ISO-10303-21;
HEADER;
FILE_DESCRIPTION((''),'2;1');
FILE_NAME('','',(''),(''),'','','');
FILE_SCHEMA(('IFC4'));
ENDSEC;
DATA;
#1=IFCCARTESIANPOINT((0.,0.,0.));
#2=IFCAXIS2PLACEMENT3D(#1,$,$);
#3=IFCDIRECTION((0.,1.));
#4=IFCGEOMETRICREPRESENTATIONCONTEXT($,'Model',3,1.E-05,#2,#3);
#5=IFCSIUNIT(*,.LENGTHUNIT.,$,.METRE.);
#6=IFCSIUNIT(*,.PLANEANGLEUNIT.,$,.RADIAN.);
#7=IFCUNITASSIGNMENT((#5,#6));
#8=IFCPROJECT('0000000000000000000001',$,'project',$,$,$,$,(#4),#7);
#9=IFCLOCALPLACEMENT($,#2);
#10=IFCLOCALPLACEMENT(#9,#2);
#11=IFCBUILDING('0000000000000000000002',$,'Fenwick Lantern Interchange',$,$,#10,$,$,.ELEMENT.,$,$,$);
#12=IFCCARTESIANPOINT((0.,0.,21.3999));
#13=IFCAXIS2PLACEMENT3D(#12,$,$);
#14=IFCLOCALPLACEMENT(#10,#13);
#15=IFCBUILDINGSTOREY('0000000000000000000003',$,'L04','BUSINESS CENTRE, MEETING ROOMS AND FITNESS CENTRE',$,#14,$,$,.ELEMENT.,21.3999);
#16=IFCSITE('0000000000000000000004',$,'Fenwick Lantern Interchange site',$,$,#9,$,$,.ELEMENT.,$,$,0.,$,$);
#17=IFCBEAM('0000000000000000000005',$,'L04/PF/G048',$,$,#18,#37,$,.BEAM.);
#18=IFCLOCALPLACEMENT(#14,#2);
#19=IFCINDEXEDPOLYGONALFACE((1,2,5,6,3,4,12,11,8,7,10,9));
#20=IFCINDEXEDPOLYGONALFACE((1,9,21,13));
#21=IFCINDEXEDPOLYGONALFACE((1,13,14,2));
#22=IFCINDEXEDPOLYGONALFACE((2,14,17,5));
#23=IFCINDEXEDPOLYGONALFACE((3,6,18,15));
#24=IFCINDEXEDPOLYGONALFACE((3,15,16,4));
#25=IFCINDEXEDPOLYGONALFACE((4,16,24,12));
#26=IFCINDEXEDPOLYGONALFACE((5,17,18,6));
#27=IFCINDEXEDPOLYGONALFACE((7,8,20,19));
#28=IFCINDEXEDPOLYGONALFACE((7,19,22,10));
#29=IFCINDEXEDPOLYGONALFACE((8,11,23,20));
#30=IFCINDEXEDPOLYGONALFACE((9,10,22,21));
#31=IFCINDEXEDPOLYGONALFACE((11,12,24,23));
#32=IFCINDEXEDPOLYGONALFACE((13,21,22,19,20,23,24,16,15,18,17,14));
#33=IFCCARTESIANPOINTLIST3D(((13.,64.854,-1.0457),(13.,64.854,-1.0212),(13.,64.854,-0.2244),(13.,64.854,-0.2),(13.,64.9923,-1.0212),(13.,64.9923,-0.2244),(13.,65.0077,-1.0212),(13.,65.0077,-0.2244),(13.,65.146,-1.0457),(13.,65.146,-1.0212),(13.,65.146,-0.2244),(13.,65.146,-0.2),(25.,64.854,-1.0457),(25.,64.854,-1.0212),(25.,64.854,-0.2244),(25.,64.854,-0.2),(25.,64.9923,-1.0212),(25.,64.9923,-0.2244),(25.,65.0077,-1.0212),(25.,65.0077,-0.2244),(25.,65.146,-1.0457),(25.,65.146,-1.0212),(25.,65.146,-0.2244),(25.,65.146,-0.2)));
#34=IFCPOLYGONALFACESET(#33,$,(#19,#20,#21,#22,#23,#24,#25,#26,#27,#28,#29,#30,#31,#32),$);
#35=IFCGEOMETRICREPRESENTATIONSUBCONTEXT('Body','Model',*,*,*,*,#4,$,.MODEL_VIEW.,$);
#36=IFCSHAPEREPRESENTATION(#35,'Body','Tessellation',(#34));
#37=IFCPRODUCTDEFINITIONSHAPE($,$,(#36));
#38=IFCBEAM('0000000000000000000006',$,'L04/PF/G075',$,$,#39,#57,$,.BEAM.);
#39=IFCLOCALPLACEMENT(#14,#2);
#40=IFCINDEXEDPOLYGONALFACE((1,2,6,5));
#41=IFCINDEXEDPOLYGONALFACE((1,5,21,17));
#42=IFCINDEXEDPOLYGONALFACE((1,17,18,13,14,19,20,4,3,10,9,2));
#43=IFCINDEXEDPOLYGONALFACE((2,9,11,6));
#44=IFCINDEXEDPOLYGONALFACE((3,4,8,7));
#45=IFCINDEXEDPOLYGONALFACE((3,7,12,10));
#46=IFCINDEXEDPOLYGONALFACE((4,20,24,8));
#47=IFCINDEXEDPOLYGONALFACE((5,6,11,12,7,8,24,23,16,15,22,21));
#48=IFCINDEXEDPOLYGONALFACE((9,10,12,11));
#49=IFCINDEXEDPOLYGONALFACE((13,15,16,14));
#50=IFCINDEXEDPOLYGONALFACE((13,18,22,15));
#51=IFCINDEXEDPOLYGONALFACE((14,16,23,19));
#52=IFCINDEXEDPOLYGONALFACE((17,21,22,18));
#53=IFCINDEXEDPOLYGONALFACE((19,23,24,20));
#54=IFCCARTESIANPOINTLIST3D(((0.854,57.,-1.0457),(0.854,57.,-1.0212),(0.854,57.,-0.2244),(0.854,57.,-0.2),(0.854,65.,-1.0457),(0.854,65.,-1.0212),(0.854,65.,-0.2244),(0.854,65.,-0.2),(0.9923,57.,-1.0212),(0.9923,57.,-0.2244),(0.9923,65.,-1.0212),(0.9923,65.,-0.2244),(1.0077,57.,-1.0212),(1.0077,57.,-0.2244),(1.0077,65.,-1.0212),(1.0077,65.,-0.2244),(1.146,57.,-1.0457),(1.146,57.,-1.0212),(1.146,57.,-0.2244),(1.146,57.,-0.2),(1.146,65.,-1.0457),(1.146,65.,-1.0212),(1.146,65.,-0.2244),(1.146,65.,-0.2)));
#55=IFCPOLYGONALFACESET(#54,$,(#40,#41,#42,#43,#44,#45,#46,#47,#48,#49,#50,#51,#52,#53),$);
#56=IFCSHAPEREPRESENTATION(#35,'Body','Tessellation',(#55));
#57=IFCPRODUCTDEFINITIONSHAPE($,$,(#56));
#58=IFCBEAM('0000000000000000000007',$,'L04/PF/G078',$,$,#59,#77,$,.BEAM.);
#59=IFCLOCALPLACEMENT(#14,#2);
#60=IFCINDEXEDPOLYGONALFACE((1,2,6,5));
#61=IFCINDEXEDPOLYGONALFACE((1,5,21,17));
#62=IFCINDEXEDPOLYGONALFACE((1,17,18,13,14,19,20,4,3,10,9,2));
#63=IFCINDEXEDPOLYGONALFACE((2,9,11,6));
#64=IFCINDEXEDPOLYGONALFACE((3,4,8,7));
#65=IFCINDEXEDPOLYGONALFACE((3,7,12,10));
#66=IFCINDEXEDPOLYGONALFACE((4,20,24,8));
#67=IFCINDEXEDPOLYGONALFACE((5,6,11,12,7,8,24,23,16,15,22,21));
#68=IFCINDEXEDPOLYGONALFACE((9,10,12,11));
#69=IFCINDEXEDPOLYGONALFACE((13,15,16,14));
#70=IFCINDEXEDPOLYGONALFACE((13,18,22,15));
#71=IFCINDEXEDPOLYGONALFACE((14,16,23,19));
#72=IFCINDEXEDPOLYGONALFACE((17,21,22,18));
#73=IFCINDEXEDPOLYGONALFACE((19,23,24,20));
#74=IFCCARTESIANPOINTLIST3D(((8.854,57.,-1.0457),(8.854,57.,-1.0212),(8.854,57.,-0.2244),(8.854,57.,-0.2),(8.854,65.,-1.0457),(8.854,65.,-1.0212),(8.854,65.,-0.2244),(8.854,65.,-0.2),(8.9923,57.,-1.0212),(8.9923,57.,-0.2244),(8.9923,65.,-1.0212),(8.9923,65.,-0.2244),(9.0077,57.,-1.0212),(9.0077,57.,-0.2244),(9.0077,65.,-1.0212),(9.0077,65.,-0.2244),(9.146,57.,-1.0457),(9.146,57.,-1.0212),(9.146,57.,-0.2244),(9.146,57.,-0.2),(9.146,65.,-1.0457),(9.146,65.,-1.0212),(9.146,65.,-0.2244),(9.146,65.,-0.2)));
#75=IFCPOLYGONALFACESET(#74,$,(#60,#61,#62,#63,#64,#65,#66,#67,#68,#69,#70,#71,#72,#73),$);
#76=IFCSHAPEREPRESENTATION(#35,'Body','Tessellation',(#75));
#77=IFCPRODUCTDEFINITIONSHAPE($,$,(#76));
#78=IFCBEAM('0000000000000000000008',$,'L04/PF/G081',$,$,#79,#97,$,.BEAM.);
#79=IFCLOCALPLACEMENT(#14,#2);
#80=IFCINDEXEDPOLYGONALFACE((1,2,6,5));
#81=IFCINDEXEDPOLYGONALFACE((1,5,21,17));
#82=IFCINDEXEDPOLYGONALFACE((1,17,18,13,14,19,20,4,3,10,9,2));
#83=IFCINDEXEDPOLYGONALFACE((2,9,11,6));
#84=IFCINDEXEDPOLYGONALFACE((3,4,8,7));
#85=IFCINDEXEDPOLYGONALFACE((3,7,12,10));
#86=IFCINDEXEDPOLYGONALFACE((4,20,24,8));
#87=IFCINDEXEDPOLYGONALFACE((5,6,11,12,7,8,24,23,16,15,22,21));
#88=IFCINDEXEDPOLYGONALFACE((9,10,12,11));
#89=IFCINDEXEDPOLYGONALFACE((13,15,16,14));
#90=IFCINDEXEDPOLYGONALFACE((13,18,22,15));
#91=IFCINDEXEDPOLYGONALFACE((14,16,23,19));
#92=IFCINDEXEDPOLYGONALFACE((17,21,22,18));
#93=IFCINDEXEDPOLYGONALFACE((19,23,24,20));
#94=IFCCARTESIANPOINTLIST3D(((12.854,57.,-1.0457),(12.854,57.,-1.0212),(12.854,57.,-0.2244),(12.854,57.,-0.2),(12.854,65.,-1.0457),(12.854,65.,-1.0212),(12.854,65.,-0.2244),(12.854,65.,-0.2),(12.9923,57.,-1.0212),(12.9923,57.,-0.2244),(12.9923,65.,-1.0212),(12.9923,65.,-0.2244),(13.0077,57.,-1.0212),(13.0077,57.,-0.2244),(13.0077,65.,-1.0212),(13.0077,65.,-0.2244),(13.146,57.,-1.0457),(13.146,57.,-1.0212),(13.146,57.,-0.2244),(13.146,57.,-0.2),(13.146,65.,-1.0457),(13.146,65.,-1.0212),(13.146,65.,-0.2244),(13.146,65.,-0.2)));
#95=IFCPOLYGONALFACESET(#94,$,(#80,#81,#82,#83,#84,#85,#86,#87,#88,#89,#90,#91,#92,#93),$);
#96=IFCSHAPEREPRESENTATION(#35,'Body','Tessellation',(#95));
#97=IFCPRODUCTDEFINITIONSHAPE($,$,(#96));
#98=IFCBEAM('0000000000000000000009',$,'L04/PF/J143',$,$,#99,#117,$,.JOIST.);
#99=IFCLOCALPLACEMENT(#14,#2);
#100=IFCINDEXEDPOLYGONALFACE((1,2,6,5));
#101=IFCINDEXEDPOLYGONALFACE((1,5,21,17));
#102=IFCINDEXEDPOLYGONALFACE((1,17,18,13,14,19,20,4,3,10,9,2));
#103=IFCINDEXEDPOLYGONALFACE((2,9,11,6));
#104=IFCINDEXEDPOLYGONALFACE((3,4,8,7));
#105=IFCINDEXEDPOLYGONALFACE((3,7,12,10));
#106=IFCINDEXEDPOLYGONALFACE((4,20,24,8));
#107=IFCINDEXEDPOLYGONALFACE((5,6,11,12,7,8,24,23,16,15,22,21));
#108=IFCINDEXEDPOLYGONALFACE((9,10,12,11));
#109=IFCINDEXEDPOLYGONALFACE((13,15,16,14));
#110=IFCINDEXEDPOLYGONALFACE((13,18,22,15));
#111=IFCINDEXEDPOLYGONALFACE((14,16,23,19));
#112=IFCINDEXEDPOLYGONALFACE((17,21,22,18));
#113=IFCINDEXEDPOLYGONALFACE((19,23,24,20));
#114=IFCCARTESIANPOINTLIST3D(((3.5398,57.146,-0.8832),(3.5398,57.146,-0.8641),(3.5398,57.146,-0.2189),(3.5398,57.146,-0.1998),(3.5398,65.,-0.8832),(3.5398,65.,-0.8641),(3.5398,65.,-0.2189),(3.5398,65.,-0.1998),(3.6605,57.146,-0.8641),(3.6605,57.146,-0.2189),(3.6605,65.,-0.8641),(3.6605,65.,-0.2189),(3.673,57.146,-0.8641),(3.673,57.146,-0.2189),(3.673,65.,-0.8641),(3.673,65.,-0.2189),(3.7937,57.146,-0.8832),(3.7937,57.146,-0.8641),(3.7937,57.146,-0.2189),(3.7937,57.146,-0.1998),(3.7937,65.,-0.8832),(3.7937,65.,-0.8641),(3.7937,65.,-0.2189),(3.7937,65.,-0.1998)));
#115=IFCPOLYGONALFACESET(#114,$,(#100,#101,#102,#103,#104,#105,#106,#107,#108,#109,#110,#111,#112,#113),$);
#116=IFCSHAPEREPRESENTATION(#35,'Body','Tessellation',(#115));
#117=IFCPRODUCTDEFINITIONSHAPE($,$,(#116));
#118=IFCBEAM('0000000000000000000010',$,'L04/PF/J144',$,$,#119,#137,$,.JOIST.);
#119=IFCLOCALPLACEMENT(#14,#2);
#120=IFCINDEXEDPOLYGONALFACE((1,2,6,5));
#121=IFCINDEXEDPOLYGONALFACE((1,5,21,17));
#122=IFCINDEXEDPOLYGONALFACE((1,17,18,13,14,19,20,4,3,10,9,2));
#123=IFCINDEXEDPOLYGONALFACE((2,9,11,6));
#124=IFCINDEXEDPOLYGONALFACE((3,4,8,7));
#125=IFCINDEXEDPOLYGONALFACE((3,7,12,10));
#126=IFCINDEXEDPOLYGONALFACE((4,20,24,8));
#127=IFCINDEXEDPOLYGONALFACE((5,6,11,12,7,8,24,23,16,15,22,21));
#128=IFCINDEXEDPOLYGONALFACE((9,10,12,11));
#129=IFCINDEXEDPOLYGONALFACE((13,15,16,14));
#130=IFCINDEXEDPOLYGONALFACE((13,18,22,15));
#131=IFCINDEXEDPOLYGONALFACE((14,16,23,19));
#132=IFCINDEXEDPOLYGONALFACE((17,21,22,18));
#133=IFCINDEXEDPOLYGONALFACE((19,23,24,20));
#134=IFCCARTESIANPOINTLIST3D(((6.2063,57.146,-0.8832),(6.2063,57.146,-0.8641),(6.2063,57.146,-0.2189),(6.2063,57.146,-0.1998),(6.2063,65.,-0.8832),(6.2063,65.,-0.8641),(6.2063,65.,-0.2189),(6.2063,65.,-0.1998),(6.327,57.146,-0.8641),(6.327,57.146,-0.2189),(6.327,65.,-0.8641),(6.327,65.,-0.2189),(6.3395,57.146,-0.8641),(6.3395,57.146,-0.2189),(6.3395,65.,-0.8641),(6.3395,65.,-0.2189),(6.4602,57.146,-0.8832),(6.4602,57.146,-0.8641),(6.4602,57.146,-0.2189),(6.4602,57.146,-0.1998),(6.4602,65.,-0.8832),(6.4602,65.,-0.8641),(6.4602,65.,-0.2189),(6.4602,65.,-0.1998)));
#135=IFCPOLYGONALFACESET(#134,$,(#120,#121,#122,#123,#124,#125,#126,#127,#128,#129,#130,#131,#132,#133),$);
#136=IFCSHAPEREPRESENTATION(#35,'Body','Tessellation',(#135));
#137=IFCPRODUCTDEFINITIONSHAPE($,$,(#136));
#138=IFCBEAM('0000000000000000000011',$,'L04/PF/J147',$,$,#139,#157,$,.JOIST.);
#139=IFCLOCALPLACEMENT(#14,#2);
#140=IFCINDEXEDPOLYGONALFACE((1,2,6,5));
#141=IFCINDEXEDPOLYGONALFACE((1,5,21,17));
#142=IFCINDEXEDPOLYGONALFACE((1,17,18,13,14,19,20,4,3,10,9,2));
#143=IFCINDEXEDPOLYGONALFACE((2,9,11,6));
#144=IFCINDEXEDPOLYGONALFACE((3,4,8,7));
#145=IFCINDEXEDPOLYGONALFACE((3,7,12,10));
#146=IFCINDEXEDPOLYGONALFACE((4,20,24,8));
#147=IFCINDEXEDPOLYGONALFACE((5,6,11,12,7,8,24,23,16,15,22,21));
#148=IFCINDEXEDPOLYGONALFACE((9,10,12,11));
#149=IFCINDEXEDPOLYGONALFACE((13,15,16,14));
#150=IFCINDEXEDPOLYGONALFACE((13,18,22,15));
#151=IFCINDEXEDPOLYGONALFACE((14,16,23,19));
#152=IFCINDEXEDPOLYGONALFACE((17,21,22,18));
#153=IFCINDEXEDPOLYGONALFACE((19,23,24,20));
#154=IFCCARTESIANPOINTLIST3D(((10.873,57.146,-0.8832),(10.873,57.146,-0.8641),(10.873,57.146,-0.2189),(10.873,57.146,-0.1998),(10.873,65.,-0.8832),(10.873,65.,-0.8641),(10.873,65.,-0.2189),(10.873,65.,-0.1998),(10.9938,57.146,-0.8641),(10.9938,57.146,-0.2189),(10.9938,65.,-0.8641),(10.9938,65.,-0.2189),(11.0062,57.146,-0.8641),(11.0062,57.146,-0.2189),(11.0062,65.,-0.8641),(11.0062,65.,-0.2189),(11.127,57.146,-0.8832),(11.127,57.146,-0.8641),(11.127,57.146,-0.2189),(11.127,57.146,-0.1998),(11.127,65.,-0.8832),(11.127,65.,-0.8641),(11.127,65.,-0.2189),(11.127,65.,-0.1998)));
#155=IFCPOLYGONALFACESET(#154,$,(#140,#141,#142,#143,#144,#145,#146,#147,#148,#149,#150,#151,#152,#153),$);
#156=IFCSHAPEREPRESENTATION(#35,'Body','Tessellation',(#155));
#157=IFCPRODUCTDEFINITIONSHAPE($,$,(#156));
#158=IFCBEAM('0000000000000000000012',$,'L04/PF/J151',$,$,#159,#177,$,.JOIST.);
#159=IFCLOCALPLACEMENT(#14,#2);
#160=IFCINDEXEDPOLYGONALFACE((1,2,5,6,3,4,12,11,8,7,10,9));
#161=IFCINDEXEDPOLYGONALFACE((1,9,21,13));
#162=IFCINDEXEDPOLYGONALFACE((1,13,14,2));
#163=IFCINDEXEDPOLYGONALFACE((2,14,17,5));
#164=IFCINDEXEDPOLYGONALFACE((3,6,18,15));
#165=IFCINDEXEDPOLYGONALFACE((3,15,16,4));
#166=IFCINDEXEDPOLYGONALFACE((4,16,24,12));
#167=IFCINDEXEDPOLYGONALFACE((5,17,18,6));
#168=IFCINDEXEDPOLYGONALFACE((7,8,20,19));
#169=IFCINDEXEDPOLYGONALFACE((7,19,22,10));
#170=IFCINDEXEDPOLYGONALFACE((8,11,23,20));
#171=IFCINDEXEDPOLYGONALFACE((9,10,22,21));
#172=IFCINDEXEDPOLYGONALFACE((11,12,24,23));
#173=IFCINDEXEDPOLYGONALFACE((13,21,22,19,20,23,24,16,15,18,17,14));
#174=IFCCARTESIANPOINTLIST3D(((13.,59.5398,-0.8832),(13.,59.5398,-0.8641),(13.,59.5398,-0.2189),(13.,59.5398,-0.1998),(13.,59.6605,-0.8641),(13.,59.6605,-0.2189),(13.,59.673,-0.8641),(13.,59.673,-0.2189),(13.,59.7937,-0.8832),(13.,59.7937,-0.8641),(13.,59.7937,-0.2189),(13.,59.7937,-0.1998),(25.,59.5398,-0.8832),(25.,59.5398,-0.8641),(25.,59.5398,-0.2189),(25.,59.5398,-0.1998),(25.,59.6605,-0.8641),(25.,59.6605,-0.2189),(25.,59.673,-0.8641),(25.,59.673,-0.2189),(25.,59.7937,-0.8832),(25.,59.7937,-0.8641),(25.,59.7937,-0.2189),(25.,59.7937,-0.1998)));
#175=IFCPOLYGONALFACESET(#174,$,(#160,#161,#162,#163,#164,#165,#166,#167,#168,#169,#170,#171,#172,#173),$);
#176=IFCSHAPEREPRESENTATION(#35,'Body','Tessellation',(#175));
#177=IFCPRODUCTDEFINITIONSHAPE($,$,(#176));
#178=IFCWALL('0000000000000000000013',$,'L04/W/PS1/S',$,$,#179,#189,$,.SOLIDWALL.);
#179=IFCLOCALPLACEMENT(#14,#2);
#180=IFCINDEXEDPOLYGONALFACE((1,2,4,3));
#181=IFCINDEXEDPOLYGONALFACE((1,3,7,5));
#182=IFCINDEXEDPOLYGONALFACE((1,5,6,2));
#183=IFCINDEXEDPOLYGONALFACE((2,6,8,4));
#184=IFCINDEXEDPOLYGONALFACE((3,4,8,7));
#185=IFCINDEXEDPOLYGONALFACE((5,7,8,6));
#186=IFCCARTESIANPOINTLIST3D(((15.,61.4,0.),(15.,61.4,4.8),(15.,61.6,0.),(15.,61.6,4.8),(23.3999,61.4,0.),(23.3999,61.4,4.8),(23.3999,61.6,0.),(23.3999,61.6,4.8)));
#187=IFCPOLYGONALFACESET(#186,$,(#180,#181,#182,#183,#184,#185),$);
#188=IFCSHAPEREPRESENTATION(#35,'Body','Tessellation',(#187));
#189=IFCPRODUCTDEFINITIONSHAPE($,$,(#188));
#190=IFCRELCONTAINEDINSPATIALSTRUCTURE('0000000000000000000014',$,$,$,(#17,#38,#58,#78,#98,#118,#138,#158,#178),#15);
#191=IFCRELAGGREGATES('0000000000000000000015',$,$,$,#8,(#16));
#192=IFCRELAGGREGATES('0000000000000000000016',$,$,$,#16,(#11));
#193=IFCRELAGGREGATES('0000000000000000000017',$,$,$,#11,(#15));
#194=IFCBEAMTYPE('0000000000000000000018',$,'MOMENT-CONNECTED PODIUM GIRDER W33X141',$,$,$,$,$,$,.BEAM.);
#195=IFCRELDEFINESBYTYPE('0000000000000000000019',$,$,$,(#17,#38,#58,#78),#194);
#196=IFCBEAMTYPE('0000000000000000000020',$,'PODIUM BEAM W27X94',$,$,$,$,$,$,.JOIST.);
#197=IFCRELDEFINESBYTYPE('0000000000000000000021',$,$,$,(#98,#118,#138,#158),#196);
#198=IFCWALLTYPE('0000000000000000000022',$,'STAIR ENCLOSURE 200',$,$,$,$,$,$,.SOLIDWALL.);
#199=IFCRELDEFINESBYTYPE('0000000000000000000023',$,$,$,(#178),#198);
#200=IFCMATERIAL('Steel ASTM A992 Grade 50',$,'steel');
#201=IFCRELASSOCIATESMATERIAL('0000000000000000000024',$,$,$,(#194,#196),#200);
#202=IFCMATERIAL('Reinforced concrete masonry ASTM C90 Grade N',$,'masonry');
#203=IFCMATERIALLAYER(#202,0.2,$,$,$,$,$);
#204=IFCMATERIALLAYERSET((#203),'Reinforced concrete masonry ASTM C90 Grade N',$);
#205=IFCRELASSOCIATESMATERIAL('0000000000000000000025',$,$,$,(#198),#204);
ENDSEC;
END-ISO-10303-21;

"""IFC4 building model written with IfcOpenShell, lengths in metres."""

from ifc_helpers import new_model, si_unit, direction, frame, frame_2d, origin, origin_2d, place, context, subcontext, project, spatial, rectangle, i_section, extrude, material, layer, layer_set, material_profile, profile_set, type_object, element, save


model = new_model("IFC4")

# Units and contexts
model_context = context("Model", 3, precision=1e-05, world=origin(), true_north=direction((0.0, 1.0)))
body_context = subcontext(model_context, "Body", "Model", "MODEL_VIEW")
ifc_project = project(units=[si_unit("LENGTHUNIT", "METRE"), si_unit("PLANEANGLEUNIT", "RADIAN")], contexts=[model_context])

# Site, building, storey
site_placement = place(None, origin())
site = spatial("IfcSite", under=ifc_project, at=site_placement, Name="Fenwick Lantern Interchange site", CompositionType="ELEMENT", RefElevation=0.0)
building_placement = place(site_placement, origin())
building = spatial("IfcBuilding", under=site, at=building_placement, Name="Fenwick Lantern Interchange", CompositionType="ELEMENT")
storey_placement = place(building_placement, frame((0.0, 0.0, 21.3999)))
storey = spatial("IfcBuildingStorey", under=building, at=storey_placement, Name="L04", Description="BUSINESS CENTRE, MEETING ROOMS AND FITNESS CENTRE", CompositionType="ELEMENT", Elevation=21.3999)

# Shared definitions
ifc_material_1 = material(Name="Steel ASTM A992 Grade 50", Category="steel")

# Beams
ifc_material_profile_1 = material_profile(ifc_material_1, i_section(OverallWidth=0.292, OverallDepth=0.8457, WebThickness=0.0154, FlangeThickness=0.0244, at=origin_2d()), Name="W33X141")
ifc_profile_set_1 = profile_set([ifc_material_profile_1], Name="Steel ASTM A992 Grade 50")
beam_type_1 = type_object("IfcBeamType", Name="MOMENT-CONNECTED PODIUM GIRDER W33X141", PredefinedType="BEAM", material=ifc_profile_set_1)
beam_1_placement = place(storey_placement, frame((13.0, 65.0, -0.6228), z_axis=(1.0, 0.0, 0.0), x_axis=(0.0, 1.0, 0.0)))
element("IfcBeam", 1, at=beam_1_placement, inside=storey, type_object=beam_type_1, Name="L04/PF/G048", PredefinedType="BEAM", context=body_context, shape_type="SweptSolid", body=[
    extrude(i_section(OverallWidth=0.292, OverallDepth=0.8457, WebThickness=0.0154, FlangeThickness=0.0244, at=origin_2d()), origin(), (0.0, 0.0, 1.0), 12.0),
])
for number, where, z_axis, x_axis, name in (
    (2, (1.0, 57.0, -0.6228), (0.0, 1.0, 0.0), (-1.0, 0.0, 0.0), "L04/PF/G075"),
    (3, (9.0, 57.0, -0.6228), (0.0, 1.0, 0.0), (-1.0, 0.0, 0.0), "L04/PF/G078"),
    (4, (13.0, 57.0, -0.6228), (0.0, 1.0, 0.0), (-1.0, 0.0, 0.0), "L04/PF/G081"),
):
    element("IfcBeam", number, at=place(storey_placement, frame(where, z_axis=z_axis, x_axis=x_axis)), inside=storey, type_object=beam_type_1, Name=name, PredefinedType="BEAM", context=body_context, shape_type="SweptSolid", body=[
        extrude(i_section(OverallWidth=0.292, OverallDepth=0.8457, WebThickness=0.0154, FlangeThickness=0.0244, at=origin_2d()), origin(), (0.0, 0.0, 1.0), 8.0),
    ])
ifc_material_profile_2 = material_profile(ifc_material_1, i_section(OverallWidth=0.2539, OverallDepth=0.6833, WebThickness=0.0125, FlangeThickness=0.019, at=origin_2d()), Name="W27X94")
ifc_profile_set_2 = profile_set([ifc_material_profile_2], Name="Steel ASTM A992 Grade 50")
beam_type_2 = type_object("IfcBeamType", Name="PODIUM BEAM W27X94", PredefinedType="JOIST", material=ifc_profile_set_2)
for number, where, z_axis, x_axis, name in (
    (5, (3.6667, 57.146, -0.5415), (0.0, 1.0, 0.0), (-1.0, 0.0, 0.0), "L04/PF/J143"),
    (6, (6.3333, 57.146, -0.5415), (0.0, 1.0, 0.0), (-1.0, 0.0, 0.0), "L04/PF/J144"),
    (7, (11.0, 57.146, -0.5415), (0.0, 1.0, 0.0), (-1.0, 0.0, 0.0), "L04/PF/J147"),
):
    element("IfcBeam", number, at=place(storey_placement, frame(where, z_axis=z_axis, x_axis=x_axis)), inside=storey, type_object=beam_type_2, Name=name, PredefinedType="JOIST", context=body_context, shape_type="SweptSolid", body=[
        extrude(i_section(OverallWidth=0.2539, OverallDepth=0.6833, WebThickness=0.0125, FlangeThickness=0.019, at=origin_2d()), origin(), (0.0, 0.0, 1.0), 7.854),
    ])
beam_2_placement = place(storey_placement, frame((13.0, 59.6667, -0.5415), z_axis=(1.0, 0.0, 0.0), x_axis=(0.0, 1.0, 0.0)))
element("IfcBeam", 8, at=beam_2_placement, inside=storey, type_object=beam_type_2, Name="L04/PF/J151", PredefinedType="JOIST", context=body_context, shape_type="SweptSolid", body=[
    extrude(i_section(OverallWidth=0.2539, OverallDepth=0.6833, WebThickness=0.0125, FlangeThickness=0.019, at=origin_2d()), origin(), (0.0, 0.0, 1.0), 12.0),
])

# Wall
ifc_material_2 = material(Name="Reinforced concrete masonry ASTM C90 Grade N", Category="masonry")
ifc_layer = layer(ifc_material_2, 0.2)
ifc_layer_set = layer_set([ifc_layer], Name="Reinforced concrete masonry ASTM C90 Grade N")
wall_type = type_object("IfcWallType", Name="STAIR ENCLOSURE 200", PredefinedType="SOLIDWALL", material=ifc_layer_set)
wall_1_placement = place(storey_placement, frame((15.0, 61.5, 0.0), z_axis=(0.0, 0.0, 1.0), x_axis=(1.0, 0.0, 0.0)))
element("IfcWall", 9, at=wall_1_placement, inside=storey, type_object=wall_type, Name="L04/W/PS1/S", PredefinedType="SOLIDWALL", context=body_context, shape_type="SweptSolid", body=[
    extrude(rectangle(XDim=8.3999, YDim=0.2, at=frame_2d((4.2, 0.0))), origin(), (0.0, 0.0, 1.0), 4.8),
])

save(model, "model.ifc")
